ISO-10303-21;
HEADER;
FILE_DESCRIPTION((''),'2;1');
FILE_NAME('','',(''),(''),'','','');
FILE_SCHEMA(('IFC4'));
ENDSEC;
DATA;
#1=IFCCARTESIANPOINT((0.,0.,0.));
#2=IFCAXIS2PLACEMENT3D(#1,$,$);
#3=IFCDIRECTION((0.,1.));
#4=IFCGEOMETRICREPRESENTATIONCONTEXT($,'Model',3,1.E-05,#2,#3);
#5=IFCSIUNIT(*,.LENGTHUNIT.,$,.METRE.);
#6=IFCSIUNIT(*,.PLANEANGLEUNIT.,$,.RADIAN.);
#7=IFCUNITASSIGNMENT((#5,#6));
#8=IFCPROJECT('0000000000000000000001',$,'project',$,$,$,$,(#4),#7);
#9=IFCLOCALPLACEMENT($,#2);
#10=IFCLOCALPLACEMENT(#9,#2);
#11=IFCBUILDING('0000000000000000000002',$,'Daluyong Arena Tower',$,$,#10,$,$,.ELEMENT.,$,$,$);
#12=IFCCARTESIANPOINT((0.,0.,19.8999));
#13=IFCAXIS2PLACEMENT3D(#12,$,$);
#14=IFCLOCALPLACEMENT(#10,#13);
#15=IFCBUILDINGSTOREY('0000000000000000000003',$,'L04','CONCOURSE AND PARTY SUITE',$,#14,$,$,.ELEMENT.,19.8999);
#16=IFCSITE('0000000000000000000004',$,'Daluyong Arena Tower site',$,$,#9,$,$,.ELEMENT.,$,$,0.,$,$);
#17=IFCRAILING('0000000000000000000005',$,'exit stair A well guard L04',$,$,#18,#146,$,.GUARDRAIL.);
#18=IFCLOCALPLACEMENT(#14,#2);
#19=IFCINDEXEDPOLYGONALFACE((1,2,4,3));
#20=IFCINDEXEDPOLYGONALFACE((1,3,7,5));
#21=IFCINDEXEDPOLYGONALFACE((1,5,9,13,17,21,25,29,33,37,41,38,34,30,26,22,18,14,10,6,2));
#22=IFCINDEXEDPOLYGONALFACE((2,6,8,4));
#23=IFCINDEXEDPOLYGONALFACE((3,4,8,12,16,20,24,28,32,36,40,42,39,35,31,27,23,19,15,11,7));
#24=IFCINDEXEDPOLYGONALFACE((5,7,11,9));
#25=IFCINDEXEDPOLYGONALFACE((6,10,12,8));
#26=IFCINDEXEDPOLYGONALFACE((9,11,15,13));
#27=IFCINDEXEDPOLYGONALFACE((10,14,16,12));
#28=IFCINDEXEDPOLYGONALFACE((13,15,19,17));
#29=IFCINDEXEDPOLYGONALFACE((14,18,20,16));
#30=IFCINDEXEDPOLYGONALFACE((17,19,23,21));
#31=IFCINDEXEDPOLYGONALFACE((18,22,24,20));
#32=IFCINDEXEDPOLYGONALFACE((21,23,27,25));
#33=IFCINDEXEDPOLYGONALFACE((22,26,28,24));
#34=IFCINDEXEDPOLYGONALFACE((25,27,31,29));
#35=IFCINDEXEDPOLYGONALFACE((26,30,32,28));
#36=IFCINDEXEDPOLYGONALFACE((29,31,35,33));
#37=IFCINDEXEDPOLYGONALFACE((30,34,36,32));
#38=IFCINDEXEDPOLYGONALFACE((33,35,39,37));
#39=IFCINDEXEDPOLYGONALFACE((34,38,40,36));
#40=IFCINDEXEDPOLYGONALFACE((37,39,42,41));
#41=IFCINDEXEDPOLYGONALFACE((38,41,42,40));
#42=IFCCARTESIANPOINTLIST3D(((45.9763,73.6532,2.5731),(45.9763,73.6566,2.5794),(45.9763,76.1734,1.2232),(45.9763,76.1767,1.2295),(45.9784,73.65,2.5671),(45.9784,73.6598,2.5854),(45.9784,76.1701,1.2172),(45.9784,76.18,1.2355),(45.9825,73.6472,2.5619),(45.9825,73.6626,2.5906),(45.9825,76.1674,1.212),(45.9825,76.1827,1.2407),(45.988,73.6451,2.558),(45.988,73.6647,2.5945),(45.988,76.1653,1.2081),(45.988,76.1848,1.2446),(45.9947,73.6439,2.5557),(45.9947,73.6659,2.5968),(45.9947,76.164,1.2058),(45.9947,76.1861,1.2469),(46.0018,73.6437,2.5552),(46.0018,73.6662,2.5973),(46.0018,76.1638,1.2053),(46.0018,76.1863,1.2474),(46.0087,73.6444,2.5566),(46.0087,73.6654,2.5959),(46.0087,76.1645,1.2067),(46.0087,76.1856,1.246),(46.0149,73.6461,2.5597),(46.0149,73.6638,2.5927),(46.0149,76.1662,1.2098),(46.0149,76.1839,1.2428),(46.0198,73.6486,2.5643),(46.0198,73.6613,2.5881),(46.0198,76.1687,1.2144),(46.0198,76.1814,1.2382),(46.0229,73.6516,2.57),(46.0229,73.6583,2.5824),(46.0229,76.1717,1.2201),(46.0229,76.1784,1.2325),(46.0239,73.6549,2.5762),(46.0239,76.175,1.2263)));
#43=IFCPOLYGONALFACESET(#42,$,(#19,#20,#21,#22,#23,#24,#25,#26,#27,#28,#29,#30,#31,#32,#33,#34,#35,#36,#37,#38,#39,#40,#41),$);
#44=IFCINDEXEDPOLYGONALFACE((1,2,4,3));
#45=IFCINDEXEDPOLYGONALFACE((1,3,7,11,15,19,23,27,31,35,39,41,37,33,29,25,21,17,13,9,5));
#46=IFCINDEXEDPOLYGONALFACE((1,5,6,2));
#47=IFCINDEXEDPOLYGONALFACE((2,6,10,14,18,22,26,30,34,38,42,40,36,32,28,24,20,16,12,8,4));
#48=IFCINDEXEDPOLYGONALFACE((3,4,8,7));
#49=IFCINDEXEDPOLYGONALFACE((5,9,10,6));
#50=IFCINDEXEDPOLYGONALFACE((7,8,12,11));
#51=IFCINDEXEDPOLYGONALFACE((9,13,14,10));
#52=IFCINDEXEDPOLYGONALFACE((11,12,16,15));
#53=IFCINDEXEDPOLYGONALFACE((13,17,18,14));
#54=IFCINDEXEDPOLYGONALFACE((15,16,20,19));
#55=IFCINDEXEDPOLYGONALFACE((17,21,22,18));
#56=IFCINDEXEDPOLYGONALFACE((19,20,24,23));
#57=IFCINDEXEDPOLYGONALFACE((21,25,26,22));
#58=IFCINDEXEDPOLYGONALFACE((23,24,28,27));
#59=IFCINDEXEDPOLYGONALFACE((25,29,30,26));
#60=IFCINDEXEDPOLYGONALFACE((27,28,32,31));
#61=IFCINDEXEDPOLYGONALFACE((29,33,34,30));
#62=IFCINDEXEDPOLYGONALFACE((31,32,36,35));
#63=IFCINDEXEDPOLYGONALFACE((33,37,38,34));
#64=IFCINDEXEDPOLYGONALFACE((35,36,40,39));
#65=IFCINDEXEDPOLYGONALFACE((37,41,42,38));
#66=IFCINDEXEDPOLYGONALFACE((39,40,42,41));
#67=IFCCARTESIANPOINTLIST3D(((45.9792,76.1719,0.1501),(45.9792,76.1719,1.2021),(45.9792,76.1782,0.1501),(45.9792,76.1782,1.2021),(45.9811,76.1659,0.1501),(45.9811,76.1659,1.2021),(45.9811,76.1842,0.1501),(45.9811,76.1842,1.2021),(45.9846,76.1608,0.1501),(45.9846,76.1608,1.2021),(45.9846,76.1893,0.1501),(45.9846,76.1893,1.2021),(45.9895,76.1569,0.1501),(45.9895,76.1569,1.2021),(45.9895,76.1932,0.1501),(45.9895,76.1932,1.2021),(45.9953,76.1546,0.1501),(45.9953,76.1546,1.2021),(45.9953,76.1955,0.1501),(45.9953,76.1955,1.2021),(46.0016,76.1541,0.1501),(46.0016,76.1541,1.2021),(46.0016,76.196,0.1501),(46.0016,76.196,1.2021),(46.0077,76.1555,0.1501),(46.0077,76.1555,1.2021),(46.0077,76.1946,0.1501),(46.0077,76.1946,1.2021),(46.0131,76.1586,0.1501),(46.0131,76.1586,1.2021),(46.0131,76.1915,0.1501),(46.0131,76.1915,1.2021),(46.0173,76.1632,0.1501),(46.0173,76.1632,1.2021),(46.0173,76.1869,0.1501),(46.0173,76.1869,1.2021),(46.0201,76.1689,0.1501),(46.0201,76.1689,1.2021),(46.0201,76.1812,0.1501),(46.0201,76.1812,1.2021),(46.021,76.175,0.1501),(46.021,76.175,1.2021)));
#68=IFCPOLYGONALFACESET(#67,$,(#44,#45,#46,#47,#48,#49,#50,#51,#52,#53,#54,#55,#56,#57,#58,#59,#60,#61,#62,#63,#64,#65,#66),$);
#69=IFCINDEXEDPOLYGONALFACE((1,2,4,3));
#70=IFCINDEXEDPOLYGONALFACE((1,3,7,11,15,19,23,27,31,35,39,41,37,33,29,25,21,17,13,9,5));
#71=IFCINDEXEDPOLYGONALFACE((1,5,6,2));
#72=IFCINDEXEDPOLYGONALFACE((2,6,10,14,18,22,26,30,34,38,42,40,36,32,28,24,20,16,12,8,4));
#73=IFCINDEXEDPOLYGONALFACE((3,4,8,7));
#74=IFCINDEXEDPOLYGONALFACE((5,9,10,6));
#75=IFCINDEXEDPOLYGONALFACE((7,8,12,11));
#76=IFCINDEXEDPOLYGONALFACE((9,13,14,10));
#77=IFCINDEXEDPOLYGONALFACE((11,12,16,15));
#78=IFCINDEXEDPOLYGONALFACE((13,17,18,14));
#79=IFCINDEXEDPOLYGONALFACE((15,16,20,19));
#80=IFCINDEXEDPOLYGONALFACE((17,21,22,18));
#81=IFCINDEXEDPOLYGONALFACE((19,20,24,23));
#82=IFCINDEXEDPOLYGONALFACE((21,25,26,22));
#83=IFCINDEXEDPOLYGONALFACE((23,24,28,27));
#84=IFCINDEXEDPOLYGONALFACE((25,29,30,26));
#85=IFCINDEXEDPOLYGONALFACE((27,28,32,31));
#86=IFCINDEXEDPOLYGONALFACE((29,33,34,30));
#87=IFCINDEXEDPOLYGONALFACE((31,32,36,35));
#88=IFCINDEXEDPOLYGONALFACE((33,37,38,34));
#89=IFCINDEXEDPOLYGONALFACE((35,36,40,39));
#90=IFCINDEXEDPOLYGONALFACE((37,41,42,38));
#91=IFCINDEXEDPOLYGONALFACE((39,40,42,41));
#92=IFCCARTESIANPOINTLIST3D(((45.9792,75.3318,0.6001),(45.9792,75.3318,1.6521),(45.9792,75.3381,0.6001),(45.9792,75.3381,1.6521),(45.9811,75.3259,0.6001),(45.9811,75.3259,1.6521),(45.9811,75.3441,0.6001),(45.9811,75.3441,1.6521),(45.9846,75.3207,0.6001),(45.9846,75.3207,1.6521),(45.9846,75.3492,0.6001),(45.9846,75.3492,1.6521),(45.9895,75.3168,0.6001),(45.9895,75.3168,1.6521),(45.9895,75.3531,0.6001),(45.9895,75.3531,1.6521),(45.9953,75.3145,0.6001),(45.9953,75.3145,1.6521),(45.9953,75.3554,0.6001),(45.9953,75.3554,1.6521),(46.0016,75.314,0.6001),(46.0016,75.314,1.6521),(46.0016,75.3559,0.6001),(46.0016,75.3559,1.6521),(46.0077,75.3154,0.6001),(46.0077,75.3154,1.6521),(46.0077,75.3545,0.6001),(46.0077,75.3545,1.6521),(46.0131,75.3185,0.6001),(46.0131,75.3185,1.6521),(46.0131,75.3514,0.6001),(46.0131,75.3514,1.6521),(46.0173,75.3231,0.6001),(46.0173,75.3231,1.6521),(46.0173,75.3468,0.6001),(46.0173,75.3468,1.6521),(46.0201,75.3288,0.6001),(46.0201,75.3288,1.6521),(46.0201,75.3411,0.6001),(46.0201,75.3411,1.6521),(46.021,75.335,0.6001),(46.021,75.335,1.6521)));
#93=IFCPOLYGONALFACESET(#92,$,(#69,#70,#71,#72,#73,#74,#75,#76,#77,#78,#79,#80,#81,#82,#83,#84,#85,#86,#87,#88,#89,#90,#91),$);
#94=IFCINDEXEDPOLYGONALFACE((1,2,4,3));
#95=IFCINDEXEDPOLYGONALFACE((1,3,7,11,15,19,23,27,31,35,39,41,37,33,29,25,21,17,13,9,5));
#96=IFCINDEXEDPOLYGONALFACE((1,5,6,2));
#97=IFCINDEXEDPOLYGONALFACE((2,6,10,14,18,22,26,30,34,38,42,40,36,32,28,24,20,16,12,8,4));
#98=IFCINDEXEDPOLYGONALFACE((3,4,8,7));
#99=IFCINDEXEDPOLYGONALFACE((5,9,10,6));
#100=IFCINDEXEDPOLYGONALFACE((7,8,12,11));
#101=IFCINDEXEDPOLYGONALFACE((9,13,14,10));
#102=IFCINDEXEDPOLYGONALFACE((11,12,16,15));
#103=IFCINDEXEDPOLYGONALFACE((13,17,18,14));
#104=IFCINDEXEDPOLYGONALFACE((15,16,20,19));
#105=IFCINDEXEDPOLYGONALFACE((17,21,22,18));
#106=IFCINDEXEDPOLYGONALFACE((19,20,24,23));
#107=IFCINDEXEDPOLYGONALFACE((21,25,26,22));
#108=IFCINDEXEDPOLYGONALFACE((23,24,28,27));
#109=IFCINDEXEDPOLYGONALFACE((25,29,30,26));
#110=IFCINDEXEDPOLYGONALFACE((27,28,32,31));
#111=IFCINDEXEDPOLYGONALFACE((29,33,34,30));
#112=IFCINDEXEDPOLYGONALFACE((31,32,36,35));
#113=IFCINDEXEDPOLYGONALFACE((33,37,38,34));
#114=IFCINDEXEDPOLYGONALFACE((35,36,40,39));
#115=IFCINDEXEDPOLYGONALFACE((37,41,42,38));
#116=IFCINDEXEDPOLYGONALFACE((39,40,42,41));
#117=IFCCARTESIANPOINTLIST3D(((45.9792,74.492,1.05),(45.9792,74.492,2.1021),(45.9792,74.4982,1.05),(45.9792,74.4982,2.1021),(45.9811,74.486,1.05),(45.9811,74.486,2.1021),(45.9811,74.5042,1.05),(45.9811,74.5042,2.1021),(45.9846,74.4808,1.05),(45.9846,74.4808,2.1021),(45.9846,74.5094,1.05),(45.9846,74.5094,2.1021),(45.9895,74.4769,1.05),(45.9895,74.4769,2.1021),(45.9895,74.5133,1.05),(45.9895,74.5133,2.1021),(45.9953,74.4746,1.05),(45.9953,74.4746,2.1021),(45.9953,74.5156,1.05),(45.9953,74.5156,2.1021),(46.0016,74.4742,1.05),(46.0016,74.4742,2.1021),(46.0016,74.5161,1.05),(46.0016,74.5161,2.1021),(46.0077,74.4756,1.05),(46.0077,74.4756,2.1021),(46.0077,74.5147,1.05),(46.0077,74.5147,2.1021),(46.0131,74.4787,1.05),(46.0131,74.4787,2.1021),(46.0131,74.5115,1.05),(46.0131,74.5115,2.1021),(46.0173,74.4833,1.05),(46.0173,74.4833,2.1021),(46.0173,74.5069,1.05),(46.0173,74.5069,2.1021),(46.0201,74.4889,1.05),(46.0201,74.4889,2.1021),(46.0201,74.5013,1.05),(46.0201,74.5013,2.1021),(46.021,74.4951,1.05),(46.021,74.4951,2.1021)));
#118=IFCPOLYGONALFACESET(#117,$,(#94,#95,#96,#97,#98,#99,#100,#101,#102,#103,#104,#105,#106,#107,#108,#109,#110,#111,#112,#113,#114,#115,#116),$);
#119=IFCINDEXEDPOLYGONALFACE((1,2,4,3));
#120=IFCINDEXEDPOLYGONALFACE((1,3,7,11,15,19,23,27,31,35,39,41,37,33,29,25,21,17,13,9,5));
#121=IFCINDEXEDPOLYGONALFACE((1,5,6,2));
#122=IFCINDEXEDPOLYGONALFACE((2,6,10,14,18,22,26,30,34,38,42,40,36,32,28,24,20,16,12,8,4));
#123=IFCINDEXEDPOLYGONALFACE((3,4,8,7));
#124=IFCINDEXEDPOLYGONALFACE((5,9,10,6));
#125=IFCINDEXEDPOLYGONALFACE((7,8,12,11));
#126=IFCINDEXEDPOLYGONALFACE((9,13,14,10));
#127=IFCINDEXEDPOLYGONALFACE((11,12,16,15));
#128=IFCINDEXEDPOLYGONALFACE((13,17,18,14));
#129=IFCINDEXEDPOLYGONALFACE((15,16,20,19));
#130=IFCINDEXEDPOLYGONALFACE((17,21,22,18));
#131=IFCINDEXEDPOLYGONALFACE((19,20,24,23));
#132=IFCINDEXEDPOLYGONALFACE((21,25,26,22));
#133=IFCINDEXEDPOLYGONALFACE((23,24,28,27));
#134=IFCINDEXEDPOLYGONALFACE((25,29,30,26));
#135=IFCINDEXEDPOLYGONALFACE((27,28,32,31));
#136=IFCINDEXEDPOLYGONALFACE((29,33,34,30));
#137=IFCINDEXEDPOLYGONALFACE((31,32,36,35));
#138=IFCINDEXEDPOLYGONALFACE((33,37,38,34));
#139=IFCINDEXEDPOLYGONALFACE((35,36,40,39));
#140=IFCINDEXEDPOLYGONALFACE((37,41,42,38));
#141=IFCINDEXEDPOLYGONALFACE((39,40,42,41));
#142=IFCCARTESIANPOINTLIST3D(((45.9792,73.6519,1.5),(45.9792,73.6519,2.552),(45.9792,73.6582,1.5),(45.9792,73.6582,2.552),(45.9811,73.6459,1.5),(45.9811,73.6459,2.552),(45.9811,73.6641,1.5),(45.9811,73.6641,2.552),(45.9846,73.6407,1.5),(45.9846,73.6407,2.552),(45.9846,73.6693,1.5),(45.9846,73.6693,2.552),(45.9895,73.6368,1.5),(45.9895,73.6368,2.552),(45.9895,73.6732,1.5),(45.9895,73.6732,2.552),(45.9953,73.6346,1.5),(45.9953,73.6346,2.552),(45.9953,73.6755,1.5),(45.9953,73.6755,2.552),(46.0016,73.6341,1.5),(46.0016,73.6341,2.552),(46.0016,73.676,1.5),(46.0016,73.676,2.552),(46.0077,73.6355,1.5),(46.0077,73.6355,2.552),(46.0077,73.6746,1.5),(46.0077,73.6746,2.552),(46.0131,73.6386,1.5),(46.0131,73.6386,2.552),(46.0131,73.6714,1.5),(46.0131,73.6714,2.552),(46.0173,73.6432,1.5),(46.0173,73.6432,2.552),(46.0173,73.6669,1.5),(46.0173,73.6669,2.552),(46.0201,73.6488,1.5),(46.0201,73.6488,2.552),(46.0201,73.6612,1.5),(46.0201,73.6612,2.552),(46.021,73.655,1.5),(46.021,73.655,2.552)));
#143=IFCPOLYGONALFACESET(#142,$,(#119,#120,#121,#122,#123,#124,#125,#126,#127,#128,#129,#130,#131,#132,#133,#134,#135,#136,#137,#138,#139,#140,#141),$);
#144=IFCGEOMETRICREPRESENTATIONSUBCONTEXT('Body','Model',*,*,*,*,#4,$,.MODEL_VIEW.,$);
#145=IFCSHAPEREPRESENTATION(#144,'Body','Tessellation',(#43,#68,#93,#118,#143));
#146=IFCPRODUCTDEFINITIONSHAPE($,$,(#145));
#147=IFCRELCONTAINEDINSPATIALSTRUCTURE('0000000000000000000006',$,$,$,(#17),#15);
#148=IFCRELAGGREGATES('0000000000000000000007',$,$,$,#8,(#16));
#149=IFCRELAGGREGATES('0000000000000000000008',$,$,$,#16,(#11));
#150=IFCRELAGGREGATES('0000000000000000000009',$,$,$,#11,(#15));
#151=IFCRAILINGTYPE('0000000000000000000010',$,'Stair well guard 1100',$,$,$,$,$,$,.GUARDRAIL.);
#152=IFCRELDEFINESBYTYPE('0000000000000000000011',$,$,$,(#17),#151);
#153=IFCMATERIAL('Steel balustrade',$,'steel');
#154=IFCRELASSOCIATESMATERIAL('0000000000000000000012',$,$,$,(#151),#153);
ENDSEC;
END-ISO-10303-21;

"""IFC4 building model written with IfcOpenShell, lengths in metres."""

from ifc_helpers import new_model, si_unit, direction, frame, origin, origin_2d, place, context, subcontext, project, spatial, circle, extrude, material, type_object, element, save


model = new_model("IFC4")

# Units and contexts
model_context = context("Model", 3, precision=1e-05, world=origin(), true_north=direction((0.0, 1.0)))
body_context = subcontext(model_context, "Body", "Model", "MODEL_VIEW")
ifc_project = project(units=[si_unit("LENGTHUNIT", "METRE"), si_unit("PLANEANGLEUNIT", "RADIAN")], contexts=[model_context])

# Site, building, storey
site_placement = place(None, origin())
site = spatial("IfcSite", under=ifc_project, at=site_placement, Name="Daluyong Arena Tower site", CompositionType="ELEMENT", RefElevation=0.0)
building_placement = place(site_placement, origin())
building = spatial("IfcBuilding", under=site, at=building_placement, Name="Daluyong Arena Tower", CompositionType="ELEMENT")
storey_placement = place(building_placement, frame((0.0, 0.0, 19.8999)))
storey = spatial("IfcBuildingStorey", under=building, at=storey_placement, Name="L04", Description="CONCOURSE AND PARTY SUITE", CompositionType="ELEMENT", Elevation=19.8999)

# Railing
ifc_material_1 = material(Name="Steel balustrade", Category="steel")
railing_type_1 = type_object("IfcRailingType", Name="Stair well guard 1100", PredefinedType="GUARDRAIL", material=ifc_material_1)
railing_placement = place(storey_placement, frame((46.0, 76.175, 0.1501)))
element("IfcRailing", 1, at=railing_placement, inside=storey, type_object=railing_type_1, Name="exit stair A well guard L04", PredefinedType="GUARDRAIL", context=body_context, shape_type="SweptSolid", body=[
    extrude(circle(Radius=0.0239, at=origin_2d()), frame((0.0, 0.0, 1.0762), z_axis=(0.0, -0.881503, 0.472179), x_axis=(1.0, 0.0, 0.0)), (0.0, 0.0, 1.0), 2.8589),
    extrude(circle(Radius=0.021, at=origin_2d()), origin(), (0.0, 0.0, 1.0), 1.052),
    extrude(circle(Radius=0.021, at=origin_2d()), frame((0.0, -0.8401, 0.45)), (0.0, 0.0, 1.0), 1.052),
    extrude(circle(Radius=0.021, at=origin_2d()), frame((0.0, -1.6799, 0.8999)), (0.0, 0.0, 1.0), 1.052),
    extrude(circle(Radius=0.021, at=origin_2d()), frame((0.0, -2.52, 1.3499)), (0.0, 0.0, 1.0), 1.052),
])

save(model, "model.ifc")
